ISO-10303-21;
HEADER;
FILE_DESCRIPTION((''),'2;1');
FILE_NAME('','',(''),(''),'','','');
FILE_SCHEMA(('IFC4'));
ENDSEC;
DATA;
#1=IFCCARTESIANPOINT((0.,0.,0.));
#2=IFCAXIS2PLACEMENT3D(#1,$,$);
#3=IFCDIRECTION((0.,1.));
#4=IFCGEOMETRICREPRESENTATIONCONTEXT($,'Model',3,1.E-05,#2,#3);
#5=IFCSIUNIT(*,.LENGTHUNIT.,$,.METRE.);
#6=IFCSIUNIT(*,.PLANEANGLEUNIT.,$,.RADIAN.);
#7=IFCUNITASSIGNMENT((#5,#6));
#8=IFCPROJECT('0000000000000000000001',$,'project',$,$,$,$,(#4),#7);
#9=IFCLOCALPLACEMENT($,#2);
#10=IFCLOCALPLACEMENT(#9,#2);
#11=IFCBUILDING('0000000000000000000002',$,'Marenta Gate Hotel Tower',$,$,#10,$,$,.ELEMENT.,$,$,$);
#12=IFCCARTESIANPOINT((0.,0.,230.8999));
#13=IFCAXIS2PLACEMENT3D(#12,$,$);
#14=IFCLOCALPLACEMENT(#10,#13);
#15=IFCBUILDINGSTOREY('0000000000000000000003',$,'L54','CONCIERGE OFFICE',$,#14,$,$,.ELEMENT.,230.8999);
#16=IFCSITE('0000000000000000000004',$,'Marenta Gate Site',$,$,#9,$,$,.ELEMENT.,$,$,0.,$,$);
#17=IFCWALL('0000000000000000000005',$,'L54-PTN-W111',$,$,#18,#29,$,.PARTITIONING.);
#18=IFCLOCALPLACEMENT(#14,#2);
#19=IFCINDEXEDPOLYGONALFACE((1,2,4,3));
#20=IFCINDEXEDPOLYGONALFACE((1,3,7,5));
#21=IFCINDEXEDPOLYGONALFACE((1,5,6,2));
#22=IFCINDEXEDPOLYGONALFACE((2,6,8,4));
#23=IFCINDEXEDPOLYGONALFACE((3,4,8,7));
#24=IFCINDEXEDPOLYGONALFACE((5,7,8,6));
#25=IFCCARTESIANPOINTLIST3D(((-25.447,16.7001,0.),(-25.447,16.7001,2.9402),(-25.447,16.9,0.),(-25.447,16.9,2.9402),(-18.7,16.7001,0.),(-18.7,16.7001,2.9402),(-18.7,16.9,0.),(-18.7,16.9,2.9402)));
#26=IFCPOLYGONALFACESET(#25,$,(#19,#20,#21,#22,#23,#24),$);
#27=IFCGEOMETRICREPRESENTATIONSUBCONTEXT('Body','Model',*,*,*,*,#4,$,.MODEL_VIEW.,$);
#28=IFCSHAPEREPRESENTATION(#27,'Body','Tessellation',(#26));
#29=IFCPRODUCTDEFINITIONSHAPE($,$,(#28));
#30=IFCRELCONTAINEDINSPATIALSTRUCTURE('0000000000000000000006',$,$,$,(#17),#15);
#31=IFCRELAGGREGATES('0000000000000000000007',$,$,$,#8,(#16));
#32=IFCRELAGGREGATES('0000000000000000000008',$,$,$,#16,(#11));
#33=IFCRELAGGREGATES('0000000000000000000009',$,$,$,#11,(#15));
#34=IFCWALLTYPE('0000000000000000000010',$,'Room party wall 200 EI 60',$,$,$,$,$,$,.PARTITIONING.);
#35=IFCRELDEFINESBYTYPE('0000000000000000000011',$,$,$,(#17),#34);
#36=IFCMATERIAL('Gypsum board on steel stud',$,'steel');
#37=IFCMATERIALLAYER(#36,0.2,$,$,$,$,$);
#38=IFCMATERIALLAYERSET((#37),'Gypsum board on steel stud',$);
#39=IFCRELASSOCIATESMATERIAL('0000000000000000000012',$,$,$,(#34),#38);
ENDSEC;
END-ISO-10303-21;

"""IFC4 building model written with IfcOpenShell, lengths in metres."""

from ifc_helpers import new_model, si_unit, direction, frame, frame_2d, origin, place, context, subcontext, project, spatial, rectangle, extrude, material, layer, layer_set, type_object, element, save


model = new_model("IFC4")

# Units and contexts
model_context = context("Model", 3, precision=1e-05, world=origin(), true_north=direction((0.0, 1.0)))
body_context = subcontext(model_context, "Body", "Model", "MODEL_VIEW")
ifc_project = project(units=[si_unit("LENGTHUNIT", "METRE"), si_unit("PLANEANGLEUNIT", "RADIAN")], contexts=[model_context])

# Site, building, storey
site_placement = place(None, origin())
site = spatial("IfcSite", under=ifc_project, at=site_placement, Name="Marenta Gate Site", CompositionType="ELEMENT", RefElevation=0.0)
building_placement = place(site_placement, origin())
building = spatial("IfcBuilding", under=site, at=building_placement, Name="Marenta Gate Hotel Tower", CompositionType="ELEMENT")
storey_placement = place(building_placement, frame((0.0, 0.0, 230.8999)))
storey = spatial("IfcBuildingStorey", under=building, at=storey_placement, Name="L54", Description="CONCIERGE OFFICE", CompositionType="ELEMENT", Elevation=230.8999)

# Wall
ifc_material_1 = material(Name="Gypsum board on steel stud", Category="steel")
ifc_layer_1 = layer(ifc_material_1, 0.2)
ifc_layer_set_1 = layer_set([ifc_layer_1], Name="Gypsum board on steel stud")
wall_type_1 = type_object("IfcWallType", Name="Room party wall 200 EI 60", PredefinedType="PARTITIONING", material=ifc_layer_set_1)
wall_1_placement = place(storey_placement, frame((-25.447, 16.8, 0.0), z_axis=(0.0, 0.0, 1.0), x_axis=(1.0, 0.0, 0.0)))
element("IfcWall", 1, at=wall_1_placement, inside=storey, type_object=wall_type_1, Name="L54-PTN-W111", PredefinedType="PARTITIONING", context=body_context, shape_type="SweptSolid", body=[
    extrude(rectangle(XDim=6.7471, YDim=0.2, at=frame_2d((3.3735, 0.0))), origin(), (0.0, 0.0, 1.0), 2.9402),
])

save(model, "model.ifc")
